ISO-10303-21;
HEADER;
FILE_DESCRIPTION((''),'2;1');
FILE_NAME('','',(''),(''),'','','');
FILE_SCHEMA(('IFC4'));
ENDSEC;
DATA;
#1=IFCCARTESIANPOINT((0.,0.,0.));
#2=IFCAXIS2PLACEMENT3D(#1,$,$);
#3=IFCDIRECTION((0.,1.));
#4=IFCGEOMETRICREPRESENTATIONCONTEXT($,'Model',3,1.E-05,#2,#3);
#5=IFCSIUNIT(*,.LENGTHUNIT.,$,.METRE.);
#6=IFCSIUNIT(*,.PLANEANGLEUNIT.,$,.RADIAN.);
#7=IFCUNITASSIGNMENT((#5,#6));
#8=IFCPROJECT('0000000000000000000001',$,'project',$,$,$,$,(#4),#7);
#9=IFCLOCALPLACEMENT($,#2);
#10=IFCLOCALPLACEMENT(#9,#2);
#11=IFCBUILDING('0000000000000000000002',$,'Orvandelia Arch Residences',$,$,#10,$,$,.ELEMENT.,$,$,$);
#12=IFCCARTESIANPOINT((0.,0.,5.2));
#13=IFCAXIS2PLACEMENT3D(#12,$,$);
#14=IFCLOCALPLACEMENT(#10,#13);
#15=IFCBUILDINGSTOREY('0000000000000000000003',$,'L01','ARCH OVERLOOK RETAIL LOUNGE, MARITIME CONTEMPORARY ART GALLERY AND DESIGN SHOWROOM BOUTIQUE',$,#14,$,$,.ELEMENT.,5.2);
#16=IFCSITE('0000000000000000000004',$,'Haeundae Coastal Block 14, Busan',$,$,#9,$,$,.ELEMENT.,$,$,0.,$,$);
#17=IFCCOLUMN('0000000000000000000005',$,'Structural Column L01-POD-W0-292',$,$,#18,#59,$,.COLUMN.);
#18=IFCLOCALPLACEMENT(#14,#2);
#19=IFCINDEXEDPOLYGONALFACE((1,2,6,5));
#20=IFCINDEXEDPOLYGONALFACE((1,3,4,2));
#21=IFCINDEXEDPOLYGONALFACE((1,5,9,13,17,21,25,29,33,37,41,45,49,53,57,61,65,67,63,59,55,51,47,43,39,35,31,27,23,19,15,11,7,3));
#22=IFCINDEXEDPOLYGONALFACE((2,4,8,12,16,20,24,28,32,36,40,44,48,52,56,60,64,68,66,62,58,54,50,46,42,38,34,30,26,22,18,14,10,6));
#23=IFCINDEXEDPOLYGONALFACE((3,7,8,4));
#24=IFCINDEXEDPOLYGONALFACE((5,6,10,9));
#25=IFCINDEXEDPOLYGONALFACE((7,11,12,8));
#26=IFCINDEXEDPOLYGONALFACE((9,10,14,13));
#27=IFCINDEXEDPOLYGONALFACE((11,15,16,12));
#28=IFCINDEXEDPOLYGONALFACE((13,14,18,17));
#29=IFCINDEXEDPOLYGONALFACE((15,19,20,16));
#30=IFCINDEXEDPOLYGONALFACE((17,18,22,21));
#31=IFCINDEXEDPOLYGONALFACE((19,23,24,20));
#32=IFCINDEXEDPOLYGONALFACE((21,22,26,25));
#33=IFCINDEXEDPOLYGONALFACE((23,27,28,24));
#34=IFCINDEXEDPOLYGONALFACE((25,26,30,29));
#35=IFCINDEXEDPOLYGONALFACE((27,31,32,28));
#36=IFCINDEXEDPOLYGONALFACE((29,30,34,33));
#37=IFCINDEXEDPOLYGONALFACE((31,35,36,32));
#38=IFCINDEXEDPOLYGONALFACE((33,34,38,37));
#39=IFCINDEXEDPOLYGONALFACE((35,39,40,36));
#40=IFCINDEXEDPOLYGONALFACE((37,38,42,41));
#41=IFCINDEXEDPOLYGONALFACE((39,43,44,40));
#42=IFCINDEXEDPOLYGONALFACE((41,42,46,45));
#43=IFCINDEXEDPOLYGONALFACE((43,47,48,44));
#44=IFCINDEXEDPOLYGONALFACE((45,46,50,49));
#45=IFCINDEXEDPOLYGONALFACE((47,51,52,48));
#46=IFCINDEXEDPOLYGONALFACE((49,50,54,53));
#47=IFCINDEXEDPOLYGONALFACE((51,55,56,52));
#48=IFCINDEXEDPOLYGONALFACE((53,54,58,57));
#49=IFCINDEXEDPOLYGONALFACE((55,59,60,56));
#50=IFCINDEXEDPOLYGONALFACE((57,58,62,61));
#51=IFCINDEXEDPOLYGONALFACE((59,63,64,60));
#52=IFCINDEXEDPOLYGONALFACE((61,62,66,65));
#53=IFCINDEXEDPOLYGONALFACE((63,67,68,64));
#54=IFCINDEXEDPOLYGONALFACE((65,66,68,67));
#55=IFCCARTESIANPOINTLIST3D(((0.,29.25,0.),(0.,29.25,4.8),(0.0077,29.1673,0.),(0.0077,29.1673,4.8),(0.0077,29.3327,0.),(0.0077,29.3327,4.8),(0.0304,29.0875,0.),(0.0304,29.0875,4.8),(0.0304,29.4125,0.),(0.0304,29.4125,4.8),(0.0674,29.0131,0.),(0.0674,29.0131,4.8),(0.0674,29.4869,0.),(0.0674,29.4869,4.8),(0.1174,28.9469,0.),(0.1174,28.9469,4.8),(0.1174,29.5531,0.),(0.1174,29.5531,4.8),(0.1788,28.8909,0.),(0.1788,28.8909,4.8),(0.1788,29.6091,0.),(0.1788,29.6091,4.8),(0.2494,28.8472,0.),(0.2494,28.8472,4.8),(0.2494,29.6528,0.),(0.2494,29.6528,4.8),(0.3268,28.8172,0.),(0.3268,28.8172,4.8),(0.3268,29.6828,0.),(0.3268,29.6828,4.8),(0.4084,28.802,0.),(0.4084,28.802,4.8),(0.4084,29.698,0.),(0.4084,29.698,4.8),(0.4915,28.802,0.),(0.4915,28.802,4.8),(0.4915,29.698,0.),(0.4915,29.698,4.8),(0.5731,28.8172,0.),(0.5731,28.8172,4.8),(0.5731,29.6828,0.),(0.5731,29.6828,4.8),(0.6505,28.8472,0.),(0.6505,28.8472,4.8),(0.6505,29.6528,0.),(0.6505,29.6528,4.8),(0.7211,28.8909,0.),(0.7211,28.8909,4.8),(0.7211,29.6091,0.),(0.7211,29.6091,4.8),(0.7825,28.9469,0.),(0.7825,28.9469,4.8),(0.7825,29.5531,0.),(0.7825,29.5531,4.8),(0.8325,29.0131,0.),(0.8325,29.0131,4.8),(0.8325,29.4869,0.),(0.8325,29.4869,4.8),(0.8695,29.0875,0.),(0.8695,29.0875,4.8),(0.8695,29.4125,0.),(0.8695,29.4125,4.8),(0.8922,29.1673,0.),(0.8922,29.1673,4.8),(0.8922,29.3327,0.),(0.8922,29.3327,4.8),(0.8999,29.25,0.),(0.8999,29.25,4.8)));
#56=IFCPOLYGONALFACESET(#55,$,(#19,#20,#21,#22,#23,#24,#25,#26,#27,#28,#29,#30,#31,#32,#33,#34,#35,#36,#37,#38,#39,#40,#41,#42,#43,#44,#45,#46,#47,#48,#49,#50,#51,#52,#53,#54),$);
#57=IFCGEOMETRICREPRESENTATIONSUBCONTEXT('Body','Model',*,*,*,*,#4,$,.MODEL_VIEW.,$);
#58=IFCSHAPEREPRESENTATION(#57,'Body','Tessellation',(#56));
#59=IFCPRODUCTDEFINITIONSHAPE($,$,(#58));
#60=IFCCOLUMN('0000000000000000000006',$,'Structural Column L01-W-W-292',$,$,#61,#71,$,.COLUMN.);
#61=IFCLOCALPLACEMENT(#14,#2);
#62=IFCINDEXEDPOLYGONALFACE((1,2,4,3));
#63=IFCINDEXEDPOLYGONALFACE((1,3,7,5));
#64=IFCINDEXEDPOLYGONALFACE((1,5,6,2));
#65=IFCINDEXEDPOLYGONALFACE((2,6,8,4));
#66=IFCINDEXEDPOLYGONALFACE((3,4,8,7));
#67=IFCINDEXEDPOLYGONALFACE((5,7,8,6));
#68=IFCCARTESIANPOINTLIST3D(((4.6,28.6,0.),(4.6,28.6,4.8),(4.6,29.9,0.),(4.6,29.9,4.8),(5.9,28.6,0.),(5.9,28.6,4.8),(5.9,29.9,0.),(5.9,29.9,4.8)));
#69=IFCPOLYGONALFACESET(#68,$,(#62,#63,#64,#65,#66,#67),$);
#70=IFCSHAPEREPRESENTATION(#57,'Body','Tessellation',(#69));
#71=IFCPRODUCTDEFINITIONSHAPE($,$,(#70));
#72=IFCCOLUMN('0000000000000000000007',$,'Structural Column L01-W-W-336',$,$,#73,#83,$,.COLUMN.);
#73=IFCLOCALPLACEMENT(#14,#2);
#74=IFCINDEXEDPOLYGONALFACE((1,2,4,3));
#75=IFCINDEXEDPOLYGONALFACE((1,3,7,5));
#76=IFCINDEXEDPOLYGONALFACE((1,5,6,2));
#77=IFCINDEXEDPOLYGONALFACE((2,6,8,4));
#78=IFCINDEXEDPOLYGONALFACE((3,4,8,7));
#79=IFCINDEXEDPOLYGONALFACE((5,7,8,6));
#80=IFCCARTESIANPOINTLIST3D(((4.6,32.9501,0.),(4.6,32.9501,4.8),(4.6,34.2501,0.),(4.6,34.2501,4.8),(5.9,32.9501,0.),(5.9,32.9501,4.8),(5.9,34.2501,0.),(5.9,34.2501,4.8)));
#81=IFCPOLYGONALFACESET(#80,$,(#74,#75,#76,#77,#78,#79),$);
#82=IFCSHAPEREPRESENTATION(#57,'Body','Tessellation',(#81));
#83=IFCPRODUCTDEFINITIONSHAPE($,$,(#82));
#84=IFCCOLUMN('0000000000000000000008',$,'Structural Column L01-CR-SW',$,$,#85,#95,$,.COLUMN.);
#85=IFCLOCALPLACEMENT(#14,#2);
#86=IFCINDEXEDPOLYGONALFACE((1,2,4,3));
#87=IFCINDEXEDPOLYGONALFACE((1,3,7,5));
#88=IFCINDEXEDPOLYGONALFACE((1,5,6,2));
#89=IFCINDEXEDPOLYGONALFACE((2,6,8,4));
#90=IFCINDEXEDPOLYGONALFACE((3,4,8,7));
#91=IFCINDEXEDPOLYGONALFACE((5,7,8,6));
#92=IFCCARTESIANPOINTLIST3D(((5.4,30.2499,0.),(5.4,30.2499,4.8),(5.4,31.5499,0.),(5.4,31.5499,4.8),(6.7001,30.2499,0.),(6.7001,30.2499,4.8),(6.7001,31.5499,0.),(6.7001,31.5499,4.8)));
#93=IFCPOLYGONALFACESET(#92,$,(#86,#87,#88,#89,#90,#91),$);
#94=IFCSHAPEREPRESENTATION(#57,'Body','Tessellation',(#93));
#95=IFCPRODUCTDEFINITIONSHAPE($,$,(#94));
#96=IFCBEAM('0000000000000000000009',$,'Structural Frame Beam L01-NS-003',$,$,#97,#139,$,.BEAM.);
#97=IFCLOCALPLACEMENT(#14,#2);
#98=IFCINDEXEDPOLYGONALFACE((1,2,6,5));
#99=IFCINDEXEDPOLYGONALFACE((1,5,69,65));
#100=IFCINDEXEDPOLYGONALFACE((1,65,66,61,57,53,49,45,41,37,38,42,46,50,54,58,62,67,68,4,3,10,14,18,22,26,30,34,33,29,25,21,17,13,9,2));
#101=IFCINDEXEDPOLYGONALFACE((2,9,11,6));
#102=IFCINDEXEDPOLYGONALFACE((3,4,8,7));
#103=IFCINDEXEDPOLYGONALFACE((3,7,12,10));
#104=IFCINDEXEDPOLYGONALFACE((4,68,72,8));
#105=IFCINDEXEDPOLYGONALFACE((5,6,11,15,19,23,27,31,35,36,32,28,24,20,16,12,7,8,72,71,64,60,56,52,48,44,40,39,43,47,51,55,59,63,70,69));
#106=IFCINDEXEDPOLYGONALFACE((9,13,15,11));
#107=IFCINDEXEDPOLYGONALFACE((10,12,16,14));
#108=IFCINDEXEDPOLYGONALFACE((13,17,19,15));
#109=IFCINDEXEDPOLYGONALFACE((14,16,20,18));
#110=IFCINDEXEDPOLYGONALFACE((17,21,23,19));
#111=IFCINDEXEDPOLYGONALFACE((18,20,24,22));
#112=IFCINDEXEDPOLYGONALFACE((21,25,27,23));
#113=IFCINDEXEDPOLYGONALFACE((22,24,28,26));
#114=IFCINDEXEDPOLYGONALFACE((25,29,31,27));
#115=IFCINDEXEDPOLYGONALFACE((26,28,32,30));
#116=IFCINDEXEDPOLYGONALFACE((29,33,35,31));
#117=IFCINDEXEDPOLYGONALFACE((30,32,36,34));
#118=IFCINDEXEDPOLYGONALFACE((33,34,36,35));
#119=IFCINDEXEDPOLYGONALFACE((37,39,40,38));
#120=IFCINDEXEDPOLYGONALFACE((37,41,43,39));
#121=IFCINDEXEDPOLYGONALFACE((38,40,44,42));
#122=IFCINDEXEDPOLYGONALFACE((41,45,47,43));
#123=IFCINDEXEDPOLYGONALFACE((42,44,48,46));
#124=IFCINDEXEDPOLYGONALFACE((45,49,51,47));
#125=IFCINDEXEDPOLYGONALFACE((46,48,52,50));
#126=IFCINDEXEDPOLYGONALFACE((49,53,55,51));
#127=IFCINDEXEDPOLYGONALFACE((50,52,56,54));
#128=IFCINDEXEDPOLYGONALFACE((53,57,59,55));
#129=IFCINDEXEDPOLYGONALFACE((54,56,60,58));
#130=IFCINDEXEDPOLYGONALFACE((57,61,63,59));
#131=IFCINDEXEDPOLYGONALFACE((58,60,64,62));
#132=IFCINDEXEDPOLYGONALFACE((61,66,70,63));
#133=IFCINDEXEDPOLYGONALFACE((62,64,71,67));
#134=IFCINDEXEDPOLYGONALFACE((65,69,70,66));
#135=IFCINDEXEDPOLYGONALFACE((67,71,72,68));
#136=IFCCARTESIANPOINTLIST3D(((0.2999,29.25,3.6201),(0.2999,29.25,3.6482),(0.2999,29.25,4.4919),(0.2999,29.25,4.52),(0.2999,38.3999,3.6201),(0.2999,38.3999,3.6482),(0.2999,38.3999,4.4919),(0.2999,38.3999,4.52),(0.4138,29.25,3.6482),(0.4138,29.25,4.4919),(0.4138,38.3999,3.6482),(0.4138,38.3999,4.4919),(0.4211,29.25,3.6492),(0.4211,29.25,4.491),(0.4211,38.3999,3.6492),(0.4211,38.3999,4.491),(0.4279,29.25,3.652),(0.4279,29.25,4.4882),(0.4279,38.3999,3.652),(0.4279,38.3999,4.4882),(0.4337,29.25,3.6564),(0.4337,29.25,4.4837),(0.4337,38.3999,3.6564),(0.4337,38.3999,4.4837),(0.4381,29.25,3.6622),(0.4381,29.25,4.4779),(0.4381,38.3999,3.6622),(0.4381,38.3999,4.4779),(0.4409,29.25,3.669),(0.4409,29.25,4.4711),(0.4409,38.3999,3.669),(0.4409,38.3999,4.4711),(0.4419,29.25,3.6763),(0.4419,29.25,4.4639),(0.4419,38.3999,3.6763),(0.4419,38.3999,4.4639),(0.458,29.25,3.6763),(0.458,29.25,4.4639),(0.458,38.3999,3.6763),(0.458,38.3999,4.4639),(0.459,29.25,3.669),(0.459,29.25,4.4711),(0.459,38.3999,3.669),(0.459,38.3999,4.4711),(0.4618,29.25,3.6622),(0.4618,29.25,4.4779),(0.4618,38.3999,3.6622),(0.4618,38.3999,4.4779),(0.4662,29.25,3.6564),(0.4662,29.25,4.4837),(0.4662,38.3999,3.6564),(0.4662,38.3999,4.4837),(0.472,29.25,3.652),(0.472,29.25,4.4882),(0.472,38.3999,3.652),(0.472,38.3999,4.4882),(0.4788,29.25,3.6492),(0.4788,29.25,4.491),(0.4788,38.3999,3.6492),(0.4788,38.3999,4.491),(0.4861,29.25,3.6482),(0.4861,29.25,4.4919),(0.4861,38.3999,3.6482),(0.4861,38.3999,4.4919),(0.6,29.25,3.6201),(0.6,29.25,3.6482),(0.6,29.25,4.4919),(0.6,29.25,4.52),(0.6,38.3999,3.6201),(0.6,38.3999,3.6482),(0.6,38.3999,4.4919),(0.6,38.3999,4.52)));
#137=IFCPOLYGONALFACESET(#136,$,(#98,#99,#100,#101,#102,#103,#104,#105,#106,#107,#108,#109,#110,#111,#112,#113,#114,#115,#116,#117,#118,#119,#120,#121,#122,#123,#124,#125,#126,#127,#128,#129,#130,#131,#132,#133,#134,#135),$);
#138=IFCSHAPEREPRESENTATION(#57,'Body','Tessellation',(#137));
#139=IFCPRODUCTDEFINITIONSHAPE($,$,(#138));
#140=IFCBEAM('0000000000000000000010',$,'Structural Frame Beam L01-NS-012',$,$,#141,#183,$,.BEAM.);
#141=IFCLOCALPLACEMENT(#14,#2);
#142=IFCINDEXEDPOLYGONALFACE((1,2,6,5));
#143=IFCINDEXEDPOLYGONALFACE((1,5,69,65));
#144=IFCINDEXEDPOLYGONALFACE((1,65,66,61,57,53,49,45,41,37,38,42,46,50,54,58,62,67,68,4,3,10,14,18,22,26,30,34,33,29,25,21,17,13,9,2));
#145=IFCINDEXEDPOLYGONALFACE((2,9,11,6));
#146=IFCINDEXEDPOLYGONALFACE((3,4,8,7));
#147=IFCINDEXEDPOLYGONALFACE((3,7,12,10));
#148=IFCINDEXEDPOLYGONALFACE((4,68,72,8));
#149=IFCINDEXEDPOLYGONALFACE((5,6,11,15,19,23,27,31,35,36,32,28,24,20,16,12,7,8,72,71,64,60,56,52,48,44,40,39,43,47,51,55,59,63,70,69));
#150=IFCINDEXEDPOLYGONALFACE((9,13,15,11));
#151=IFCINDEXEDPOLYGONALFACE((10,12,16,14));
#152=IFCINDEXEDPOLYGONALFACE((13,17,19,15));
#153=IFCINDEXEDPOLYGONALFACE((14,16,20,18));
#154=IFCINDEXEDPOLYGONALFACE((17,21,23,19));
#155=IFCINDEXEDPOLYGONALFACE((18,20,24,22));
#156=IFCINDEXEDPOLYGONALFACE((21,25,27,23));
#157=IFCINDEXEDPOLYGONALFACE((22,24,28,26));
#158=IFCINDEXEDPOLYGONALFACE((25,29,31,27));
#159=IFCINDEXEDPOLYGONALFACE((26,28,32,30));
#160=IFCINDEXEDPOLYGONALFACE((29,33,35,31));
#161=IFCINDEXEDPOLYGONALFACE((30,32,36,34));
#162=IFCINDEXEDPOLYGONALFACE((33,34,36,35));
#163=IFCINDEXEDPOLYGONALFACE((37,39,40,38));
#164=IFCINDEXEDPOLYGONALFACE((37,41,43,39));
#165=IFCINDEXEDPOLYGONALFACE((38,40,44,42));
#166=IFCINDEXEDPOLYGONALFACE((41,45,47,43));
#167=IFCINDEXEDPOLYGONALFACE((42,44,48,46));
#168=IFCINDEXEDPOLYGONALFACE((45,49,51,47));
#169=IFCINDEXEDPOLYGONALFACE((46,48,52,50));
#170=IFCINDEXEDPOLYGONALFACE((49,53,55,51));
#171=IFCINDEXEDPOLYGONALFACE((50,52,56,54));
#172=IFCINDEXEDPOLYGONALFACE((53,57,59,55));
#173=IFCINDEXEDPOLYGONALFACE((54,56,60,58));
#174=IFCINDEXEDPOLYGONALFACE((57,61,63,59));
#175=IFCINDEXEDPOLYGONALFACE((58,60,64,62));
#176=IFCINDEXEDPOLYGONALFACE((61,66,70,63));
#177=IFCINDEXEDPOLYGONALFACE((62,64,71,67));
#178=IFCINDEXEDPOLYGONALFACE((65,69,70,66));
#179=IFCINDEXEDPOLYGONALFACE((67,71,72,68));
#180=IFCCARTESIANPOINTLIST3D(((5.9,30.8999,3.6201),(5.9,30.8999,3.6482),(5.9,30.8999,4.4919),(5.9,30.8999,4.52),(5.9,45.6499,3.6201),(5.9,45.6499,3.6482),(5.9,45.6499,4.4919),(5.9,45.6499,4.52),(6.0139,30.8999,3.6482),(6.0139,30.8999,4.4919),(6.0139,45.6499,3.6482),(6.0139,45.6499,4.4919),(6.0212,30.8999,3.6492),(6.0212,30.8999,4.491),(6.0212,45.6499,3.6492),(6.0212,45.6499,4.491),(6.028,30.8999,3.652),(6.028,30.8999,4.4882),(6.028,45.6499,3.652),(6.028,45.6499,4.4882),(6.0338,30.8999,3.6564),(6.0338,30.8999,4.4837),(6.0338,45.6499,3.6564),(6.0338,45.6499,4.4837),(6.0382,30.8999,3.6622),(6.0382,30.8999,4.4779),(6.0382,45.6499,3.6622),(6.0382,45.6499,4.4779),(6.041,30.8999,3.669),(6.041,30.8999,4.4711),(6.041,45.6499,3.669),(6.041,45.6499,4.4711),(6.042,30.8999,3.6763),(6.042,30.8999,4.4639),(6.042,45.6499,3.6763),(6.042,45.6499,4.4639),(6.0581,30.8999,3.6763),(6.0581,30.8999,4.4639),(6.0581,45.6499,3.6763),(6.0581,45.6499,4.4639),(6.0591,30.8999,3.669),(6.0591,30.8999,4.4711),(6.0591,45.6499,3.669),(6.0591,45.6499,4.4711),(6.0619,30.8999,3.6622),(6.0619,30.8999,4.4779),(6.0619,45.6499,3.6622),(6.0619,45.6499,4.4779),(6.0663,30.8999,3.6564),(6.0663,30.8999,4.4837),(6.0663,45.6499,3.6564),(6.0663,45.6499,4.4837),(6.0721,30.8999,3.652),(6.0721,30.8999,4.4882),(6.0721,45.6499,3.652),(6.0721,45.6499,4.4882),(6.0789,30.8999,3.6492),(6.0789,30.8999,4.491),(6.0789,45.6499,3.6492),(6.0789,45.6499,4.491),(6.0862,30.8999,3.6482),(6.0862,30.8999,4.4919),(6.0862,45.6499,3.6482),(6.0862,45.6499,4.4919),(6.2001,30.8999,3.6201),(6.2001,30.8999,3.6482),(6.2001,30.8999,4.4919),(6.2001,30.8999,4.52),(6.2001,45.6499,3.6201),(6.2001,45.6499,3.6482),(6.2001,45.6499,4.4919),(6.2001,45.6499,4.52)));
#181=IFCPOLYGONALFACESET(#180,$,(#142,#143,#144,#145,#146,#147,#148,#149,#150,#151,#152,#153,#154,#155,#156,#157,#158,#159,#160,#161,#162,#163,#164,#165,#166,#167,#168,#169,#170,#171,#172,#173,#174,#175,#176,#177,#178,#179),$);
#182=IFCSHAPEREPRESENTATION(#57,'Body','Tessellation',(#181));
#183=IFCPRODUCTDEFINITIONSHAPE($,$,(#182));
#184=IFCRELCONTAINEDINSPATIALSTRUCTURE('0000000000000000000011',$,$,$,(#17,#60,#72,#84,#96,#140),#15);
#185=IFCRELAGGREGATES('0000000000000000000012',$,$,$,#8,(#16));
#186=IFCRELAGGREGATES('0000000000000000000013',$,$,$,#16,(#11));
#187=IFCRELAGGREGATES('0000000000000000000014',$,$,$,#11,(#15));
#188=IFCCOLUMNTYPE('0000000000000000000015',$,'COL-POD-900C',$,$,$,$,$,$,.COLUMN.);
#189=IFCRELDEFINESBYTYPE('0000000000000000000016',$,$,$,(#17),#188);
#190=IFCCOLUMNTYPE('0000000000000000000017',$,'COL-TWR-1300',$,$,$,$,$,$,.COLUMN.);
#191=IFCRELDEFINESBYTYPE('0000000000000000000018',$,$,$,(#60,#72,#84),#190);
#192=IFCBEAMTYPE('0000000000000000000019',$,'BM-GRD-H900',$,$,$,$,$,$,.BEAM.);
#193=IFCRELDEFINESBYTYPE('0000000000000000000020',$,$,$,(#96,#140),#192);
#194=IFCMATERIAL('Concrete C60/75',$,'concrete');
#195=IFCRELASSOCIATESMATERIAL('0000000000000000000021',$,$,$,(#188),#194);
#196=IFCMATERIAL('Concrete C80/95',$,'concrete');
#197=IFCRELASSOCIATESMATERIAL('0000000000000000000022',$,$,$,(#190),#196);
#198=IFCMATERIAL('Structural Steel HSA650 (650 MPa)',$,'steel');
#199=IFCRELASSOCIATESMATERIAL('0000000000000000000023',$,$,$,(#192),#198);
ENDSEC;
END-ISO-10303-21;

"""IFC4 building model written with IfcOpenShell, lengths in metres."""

from ifc_helpers import new_model, si_unit, direction, frame, origin, origin_2d, place, context, subcontext, project, spatial, rectangle, circle, i_section, extrude, material, material_profile, profile_set, type_object, element, save


model = new_model("IFC4")

# Units and contexts
model_context = context("Model", 3, precision=1e-05, world=origin(), true_north=direction((0.0, 1.0)))
body_context = subcontext(model_context, "Body", "Model", "MODEL_VIEW")
ifc_project = project(units=[si_unit("LENGTHUNIT", "METRE"), si_unit("PLANEANGLEUNIT", "RADIAN")], contexts=[model_context])

# Site, building, storey
site_placement = place(None, origin())
site = spatial("IfcSite", under=ifc_project, at=site_placement, Name="Haeundae Coastal Block 14, Busan", CompositionType="ELEMENT", RefElevation=0.0)
building_placement = place(site_placement, origin())
building = spatial("IfcBuilding", under=site, at=building_placement, Name="Orvandelia Arch Residences", CompositionType="ELEMENT")
storey_placement = place(building_placement, frame((0.0, 0.0, 5.2)))
storey = spatial("IfcBuildingStorey", under=building, at=storey_placement, Name="L01", Description="ARCH OVERLOOK RETAIL LOUNGE, MARITIME CONTEMPORARY ART GALLERY AND DESIGN SHOWROOM BOUTIQUE", CompositionType="ELEMENT", Elevation=5.2)

# Columns
ifc_material_1 = material(Name="Concrete C60/75", Category="concrete")
ifc_material_profile_1 = material_profile(ifc_material_1, circle(Radius=0.45, at=origin_2d()), Name="Concrete C60/75", Category="concrete")
ifc_profile_set_1 = profile_set([ifc_material_profile_1], Name="Concrete C60/75")
column_type_1 = type_object("IfcColumnType", Name="COL-POD-900C", PredefinedType="COLUMN", material=ifc_profile_set_1)
column_placement = place(storey_placement, frame((0.45, 29.25, 0.0), z_axis=(0.0, 0.0, 1.0), x_axis=(1.0, 0.0, 0.0)))
element("IfcColumn", 1, at=column_placement, inside=storey, type_object=column_type_1, Name="Structural Column L01-POD-W0-292", PredefinedType="COLUMN", context=body_context, shape_type="SweptSolid", body=[
    extrude(circle(Radius=0.45, at=origin_2d()), origin(), (0.0, 0.0, 1.0), 4.8),
])
ifc_material_2 = material(Name="Concrete C80/95", Category="concrete")
ifc_material_profile_2 = material_profile(ifc_material_2, rectangle(XDim=1.3, YDim=1.3, at=origin_2d()), Name="Concrete C80/95", Category="concrete")
ifc_profile_set_2 = profile_set([ifc_material_profile_2], Name="Concrete C80/95")
column_type_2 = type_object("IfcColumnType", Name="COL-TWR-1300", PredefinedType="COLUMN", material=ifc_profile_set_2)
for number, where, z_axis, x_axis, name in (
    (2, (5.25, 29.25, 0.0), (0.0, 0.0, 1.0), (1.0, 0.0, 0.0), "Structural Column L01-W-W-292"),
    (3, (5.25, 33.6001, 0.0), (0.0, 0.0, 1.0), (1.0, 0.0, 0.0), "Structural Column L01-W-W-336"),
    (4, (6.05, 30.8999, 0.0), (0.0, 0.0, 1.0), (1.0, 0.0, 0.0), "Structural Column L01-CR-SW"),
):
    element("IfcColumn", number, at=place(storey_placement, frame(where, z_axis=z_axis, x_axis=x_axis)), inside=storey, type_object=column_type_2, Name=name, PredefinedType="COLUMN", context=body_context, shape_type="SweptSolid", body=[
        extrude(rectangle(XDim=1.3, YDim=1.3, at=origin_2d()), origin(), (0.0, 0.0, 1.0), 4.8),
    ])

# Beams
ifc_material_3 = material(Name="Structural Steel HSA650 (650 MPa)", Category="steel")
ifc_material_profile_3 = material_profile(ifc_material_3, i_section(OverallWidth=0.3, OverallDepth=0.8999, WebThickness=0.0161, FlangeThickness=0.0281, FilletRadius=0.0281, at=origin_2d()), Name="Structural Steel HSA650 (650 MPa)", Category="steel")
ifc_profile_set_3 = profile_set([ifc_material_profile_3], Name="Structural Steel HSA650 (650 MPa)")
beam_type_1 = type_object("IfcBeamType", Name="BM-GRD-H900", PredefinedType="BEAM", material=ifc_profile_set_3)
beam_1_placement = place(storey_placement, frame((0.45, 29.25, 4.0701), z_axis=(0.0, 1.0, 0.0), x_axis=(-1.0, 0.0, 0.0)))
element("IfcBeam", 5, at=beam_1_placement, inside=storey, type_object=beam_type_1, Name="Structural Frame Beam L01-NS-003", PredefinedType="BEAM", context=body_context, shape_type="SweptSolid", body=[
    extrude(i_section(OverallWidth=0.3, OverallDepth=0.8999, WebThickness=0.0161, FlangeThickness=0.0281, FilletRadius=0.0281, at=origin_2d()), origin(), (0.0, 0.0, 1.0), 9.1499),
])
beam_2_placement = place(storey_placement, frame((6.05, 30.8999, 4.0701), z_axis=(0.0, 1.0, 0.0), x_axis=(-1.0, 0.0, 0.0)))
element("IfcBeam", 6, at=beam_2_placement, inside=storey, type_object=beam_type_1, Name="Structural Frame Beam L01-NS-012", PredefinedType="BEAM", context=body_context, shape_type="SweptSolid", body=[
    extrude(i_section(OverallWidth=0.3, OverallDepth=0.8999, WebThickness=0.0161, FlangeThickness=0.0281, FilletRadius=0.0281, at=origin_2d()), origin(), (0.0, 0.0, 1.0), 14.75),
])

save(model, "model.ifc")
